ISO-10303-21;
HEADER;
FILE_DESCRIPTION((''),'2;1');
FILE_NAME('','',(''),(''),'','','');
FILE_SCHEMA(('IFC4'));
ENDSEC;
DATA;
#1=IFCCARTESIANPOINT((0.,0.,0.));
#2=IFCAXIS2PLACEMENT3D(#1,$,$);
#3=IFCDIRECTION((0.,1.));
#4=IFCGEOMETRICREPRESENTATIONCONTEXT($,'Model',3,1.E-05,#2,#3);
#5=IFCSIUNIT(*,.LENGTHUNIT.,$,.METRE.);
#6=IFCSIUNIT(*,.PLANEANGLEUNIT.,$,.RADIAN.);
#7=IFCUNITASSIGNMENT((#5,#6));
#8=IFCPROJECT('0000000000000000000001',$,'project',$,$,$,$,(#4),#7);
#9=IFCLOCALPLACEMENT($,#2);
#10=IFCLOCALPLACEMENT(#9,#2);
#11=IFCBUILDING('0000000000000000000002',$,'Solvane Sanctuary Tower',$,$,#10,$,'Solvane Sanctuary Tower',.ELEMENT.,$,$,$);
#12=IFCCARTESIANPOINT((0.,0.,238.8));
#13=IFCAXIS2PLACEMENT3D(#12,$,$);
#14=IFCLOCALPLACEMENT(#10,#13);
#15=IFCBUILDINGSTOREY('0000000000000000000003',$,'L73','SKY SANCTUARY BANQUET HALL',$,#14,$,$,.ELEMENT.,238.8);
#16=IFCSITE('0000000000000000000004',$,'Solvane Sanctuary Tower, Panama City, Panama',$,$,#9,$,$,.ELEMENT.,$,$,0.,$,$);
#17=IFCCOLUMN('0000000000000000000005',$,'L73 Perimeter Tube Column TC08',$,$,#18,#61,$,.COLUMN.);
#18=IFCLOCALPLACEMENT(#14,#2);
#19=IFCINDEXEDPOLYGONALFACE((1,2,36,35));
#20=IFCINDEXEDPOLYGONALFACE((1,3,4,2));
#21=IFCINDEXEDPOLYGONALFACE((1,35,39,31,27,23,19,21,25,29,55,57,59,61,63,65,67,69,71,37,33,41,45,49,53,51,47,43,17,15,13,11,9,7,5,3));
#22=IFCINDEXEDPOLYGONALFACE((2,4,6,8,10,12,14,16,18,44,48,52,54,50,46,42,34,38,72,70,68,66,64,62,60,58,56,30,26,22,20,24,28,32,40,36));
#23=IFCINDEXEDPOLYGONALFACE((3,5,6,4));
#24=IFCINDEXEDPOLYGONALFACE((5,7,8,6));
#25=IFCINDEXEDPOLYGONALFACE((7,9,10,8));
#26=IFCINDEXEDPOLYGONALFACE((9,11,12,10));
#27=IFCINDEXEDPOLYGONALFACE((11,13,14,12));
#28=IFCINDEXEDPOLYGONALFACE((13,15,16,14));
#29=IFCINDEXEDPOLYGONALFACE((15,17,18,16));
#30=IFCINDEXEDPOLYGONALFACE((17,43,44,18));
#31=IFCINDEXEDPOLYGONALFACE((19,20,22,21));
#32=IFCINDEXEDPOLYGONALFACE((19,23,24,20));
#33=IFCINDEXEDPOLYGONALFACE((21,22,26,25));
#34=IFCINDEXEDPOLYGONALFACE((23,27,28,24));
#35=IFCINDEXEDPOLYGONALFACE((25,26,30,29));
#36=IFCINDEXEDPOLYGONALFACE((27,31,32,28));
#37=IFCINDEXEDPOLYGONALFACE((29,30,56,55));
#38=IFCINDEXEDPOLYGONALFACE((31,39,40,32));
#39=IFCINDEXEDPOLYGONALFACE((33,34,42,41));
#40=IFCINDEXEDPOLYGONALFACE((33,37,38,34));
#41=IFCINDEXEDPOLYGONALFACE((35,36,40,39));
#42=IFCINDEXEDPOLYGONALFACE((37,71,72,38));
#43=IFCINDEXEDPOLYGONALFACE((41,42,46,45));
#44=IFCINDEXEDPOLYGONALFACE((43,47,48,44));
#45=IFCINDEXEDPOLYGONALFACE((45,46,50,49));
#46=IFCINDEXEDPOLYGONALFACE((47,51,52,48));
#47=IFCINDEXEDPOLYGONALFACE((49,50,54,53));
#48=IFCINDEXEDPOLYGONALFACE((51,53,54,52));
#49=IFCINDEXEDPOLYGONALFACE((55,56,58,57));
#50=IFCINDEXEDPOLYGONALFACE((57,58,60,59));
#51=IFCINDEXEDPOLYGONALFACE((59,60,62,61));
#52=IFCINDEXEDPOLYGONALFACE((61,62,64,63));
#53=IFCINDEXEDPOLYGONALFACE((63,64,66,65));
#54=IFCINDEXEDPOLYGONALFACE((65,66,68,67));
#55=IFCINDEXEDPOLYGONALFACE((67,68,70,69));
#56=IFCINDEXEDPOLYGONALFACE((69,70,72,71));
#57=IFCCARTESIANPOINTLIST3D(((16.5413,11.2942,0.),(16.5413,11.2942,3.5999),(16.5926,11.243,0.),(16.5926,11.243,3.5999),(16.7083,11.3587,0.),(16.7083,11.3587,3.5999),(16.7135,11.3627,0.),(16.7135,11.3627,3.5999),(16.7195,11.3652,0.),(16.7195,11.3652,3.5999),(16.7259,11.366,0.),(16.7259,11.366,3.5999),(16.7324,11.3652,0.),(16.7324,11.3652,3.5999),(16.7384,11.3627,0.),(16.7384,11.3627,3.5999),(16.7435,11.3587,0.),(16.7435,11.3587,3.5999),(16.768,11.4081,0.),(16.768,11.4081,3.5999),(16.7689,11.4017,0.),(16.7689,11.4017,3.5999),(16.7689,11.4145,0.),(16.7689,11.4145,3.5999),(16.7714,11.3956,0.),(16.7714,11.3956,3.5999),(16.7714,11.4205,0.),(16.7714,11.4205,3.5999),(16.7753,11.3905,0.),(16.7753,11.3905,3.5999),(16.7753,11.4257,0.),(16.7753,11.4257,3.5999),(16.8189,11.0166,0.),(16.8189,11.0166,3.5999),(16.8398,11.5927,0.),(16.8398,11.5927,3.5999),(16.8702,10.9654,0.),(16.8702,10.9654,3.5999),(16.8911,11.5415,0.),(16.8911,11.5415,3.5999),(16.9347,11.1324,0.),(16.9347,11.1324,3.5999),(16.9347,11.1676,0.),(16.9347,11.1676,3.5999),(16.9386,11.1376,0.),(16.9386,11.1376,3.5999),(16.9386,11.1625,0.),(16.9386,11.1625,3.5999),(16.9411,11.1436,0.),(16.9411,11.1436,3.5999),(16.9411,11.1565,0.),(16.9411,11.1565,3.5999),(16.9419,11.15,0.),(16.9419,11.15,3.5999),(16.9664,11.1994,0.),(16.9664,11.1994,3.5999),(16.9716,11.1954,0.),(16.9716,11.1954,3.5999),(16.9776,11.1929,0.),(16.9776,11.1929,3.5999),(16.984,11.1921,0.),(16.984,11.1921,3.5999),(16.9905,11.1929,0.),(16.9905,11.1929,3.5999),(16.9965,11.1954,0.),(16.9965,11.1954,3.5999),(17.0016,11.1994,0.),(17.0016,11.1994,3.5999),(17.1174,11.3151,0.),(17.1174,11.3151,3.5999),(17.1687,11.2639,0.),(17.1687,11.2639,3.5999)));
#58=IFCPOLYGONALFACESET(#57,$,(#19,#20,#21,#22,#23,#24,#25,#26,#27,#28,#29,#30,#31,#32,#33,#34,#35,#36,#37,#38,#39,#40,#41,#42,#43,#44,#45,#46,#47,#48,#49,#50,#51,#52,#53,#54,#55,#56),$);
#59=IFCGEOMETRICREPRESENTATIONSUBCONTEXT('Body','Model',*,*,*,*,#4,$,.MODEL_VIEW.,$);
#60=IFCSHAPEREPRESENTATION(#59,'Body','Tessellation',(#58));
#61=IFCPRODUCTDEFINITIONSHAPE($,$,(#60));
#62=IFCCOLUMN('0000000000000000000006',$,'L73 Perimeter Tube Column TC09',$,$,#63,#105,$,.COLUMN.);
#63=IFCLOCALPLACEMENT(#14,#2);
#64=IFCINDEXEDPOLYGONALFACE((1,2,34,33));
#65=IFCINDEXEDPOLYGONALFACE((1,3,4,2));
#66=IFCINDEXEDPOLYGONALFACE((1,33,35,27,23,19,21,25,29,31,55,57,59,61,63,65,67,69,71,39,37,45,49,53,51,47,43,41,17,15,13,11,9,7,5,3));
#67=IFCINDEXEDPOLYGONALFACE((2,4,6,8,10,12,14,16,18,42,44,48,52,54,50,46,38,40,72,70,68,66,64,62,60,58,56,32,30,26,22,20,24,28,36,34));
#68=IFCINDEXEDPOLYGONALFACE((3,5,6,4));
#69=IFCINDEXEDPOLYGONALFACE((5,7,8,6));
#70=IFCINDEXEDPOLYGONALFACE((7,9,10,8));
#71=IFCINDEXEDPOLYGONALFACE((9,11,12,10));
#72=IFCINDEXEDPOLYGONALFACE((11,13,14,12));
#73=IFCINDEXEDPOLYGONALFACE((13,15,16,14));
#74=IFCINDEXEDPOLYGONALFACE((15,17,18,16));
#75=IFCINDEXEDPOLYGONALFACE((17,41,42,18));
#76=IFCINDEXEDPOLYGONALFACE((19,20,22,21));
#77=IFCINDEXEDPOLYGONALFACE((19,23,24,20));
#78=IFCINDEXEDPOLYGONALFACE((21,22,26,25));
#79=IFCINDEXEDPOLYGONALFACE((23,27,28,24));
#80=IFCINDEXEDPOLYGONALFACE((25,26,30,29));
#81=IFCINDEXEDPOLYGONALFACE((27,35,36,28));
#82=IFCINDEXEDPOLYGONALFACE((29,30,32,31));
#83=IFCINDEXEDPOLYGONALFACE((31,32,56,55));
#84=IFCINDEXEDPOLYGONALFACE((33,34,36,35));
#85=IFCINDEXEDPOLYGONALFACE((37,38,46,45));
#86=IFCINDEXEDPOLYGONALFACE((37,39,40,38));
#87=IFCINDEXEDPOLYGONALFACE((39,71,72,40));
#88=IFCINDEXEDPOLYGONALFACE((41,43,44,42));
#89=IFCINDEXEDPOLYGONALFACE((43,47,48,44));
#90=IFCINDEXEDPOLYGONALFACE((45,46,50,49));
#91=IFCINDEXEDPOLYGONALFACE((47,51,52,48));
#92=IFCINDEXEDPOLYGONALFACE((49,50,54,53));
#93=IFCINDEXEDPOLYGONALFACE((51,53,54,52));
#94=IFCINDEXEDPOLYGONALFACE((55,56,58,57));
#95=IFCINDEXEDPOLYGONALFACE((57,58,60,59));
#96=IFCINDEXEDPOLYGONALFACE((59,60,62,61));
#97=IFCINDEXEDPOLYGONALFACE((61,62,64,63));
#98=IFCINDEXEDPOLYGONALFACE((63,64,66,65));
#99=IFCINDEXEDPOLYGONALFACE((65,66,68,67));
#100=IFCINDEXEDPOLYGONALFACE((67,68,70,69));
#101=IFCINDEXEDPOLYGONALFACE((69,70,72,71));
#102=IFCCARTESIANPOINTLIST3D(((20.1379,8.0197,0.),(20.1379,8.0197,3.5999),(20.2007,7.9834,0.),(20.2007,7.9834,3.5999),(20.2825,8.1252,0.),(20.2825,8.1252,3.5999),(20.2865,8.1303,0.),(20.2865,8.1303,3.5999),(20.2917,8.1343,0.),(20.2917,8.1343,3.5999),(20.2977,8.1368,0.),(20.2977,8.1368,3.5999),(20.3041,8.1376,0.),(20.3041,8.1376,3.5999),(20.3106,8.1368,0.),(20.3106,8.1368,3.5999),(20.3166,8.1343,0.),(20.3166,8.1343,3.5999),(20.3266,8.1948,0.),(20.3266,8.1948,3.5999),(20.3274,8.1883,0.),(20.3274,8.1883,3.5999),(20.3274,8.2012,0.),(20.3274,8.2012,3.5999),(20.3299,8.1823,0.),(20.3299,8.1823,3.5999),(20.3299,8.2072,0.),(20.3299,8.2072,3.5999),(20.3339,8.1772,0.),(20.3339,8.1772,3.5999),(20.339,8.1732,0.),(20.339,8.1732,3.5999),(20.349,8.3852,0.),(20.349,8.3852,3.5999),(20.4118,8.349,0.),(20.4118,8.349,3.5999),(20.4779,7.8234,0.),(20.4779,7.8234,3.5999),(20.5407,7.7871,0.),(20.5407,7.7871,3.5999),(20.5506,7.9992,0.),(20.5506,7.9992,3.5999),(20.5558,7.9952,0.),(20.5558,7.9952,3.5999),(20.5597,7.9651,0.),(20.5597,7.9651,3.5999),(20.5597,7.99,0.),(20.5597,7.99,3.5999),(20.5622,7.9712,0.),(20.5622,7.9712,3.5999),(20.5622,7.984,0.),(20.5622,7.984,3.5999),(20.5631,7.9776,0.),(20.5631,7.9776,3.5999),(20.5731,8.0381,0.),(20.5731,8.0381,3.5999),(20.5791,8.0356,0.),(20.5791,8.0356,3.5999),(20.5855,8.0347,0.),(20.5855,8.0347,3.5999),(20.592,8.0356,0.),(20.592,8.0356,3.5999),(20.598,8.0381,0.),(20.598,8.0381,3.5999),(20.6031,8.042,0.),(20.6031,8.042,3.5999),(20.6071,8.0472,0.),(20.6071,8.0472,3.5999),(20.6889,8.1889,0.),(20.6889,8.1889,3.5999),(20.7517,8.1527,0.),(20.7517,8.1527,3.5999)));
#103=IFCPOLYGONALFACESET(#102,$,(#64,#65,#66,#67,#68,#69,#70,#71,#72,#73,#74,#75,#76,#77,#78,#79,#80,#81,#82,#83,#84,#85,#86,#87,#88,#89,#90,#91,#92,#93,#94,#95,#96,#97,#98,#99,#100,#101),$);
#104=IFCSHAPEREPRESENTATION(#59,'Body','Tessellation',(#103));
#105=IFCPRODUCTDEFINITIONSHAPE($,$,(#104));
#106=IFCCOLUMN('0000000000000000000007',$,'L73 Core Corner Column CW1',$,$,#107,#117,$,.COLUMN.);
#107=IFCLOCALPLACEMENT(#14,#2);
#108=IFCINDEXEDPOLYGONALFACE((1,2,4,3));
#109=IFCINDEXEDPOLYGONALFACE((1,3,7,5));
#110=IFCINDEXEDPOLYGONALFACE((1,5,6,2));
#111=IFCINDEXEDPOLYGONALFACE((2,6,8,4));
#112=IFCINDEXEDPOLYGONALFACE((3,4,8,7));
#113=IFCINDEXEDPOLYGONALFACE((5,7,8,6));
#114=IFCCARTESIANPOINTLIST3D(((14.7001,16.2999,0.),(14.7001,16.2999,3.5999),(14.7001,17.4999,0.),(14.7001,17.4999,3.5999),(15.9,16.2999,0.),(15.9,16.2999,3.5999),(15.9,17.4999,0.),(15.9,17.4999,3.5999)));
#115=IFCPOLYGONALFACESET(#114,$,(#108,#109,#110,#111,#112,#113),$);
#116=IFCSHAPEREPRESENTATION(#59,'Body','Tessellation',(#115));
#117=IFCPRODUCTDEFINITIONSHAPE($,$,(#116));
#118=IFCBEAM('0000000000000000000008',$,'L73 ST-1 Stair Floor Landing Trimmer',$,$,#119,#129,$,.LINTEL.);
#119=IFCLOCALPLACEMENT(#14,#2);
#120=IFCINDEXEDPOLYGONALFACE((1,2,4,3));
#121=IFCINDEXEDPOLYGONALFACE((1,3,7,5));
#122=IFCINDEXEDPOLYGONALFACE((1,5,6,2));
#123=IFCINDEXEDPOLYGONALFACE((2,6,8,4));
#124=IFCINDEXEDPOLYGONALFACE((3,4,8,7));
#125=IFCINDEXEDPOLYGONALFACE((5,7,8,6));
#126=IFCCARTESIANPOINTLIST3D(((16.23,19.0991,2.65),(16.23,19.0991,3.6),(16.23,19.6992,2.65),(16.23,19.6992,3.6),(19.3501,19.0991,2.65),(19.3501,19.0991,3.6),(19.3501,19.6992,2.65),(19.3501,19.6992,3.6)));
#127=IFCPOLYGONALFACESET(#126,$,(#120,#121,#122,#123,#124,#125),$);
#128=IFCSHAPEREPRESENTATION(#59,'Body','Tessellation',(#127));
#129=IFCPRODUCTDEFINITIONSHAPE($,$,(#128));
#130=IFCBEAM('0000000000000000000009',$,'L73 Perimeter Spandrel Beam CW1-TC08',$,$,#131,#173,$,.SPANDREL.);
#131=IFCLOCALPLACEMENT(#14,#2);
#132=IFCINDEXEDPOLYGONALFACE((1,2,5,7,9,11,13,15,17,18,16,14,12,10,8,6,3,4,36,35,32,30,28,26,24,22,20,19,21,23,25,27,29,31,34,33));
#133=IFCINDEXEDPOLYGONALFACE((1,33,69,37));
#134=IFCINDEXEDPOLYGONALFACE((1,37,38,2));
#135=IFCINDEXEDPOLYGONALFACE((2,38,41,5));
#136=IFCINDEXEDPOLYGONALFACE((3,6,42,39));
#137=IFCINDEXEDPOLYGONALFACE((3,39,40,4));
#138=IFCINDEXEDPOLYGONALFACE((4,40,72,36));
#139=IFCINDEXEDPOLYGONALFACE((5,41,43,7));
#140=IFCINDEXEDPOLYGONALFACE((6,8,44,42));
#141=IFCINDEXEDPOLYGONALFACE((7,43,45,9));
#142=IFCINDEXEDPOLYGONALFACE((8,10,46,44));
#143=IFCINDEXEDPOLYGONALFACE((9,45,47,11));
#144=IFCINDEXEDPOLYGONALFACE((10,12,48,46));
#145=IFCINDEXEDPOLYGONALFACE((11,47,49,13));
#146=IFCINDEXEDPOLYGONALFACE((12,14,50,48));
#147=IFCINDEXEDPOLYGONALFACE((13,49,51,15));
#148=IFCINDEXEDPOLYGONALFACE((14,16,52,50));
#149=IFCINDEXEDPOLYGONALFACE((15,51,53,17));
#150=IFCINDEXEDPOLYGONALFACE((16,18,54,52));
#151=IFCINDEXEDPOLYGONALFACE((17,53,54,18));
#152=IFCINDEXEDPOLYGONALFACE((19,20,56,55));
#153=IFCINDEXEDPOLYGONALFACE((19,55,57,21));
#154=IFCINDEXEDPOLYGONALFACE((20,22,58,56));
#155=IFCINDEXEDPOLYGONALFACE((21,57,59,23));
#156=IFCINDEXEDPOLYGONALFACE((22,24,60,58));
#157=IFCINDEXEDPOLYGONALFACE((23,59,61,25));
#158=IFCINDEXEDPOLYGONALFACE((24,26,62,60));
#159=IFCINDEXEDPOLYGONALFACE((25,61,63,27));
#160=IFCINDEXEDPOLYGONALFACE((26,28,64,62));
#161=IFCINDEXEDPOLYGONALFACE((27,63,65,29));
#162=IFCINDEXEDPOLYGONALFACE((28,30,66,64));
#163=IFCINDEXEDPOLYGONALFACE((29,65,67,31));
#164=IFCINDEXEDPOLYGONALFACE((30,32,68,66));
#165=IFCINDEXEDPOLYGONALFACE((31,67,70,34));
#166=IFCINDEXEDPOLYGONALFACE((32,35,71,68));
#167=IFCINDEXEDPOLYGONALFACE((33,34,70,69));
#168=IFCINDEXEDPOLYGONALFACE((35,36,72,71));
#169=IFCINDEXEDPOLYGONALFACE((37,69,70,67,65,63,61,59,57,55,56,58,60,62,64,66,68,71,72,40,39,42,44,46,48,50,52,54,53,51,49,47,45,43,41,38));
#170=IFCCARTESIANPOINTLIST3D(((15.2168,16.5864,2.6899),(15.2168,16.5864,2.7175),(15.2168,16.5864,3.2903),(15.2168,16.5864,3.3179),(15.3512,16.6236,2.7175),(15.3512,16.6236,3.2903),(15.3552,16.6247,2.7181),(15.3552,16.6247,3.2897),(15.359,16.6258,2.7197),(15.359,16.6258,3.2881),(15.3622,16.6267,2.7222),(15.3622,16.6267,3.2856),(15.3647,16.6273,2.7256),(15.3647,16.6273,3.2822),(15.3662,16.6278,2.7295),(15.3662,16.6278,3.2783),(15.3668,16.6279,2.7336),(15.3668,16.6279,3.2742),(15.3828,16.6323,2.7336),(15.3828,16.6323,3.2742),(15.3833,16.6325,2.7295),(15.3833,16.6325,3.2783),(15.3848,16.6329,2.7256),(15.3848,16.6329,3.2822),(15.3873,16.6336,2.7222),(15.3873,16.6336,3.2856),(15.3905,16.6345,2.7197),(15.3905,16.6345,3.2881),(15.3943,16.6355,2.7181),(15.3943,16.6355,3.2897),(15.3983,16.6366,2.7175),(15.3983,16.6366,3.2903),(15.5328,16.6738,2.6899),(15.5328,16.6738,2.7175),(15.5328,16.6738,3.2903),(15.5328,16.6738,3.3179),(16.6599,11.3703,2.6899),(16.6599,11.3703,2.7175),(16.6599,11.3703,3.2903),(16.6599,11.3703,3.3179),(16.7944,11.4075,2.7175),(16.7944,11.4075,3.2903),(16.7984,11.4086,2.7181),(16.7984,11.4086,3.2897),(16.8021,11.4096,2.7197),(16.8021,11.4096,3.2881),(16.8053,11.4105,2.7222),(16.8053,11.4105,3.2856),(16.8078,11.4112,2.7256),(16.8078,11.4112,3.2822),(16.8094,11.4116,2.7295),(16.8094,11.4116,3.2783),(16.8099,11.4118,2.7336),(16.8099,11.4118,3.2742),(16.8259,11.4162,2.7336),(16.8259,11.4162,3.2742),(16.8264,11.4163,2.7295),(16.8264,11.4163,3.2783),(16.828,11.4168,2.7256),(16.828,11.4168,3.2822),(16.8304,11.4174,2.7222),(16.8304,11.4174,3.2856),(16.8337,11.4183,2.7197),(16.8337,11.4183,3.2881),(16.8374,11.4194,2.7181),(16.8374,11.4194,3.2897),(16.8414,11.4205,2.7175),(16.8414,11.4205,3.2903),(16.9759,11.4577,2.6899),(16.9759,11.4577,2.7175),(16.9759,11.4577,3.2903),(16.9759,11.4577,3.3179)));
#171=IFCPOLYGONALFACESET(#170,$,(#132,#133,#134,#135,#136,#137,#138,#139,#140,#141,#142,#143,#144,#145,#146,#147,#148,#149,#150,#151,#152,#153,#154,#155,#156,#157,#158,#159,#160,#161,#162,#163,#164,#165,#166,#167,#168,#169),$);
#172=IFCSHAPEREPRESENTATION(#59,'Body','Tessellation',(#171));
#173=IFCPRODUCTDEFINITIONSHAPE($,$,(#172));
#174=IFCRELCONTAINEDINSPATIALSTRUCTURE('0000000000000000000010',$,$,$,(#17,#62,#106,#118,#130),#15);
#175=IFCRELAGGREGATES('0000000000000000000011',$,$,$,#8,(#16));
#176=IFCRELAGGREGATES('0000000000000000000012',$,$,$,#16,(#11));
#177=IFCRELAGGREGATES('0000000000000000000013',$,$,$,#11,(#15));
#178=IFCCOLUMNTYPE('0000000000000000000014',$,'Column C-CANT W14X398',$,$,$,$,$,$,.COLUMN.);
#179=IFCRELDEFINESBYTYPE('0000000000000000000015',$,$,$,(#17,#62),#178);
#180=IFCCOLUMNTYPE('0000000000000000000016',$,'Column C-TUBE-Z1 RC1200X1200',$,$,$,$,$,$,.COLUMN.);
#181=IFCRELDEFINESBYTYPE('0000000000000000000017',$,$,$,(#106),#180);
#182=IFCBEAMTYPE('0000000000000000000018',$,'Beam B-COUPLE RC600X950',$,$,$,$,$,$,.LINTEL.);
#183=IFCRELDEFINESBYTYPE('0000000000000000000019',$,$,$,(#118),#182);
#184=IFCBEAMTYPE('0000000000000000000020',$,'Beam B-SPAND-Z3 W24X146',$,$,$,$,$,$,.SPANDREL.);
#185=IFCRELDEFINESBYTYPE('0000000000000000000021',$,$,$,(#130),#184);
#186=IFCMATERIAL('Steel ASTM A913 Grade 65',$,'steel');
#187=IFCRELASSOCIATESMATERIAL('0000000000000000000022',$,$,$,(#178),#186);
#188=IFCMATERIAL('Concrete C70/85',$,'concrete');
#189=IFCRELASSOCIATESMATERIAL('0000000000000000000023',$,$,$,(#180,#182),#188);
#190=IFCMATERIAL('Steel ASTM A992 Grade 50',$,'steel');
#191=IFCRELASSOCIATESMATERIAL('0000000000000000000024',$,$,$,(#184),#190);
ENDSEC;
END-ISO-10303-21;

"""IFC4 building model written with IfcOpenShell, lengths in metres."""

from ifc_helpers import new_model, si_unit, direction, frame, origin, origin_2d, place, context, subcontext, project, spatial, rectangle, i_section, extrude, material, material_profile, profile_set, type_object, element, save


model = new_model("IFC4")

# Units and contexts
model_context = context("Model", 3, precision=1e-05, world=origin(), true_north=direction((0.0, 1.0)))
body_context = subcontext(model_context, "Body", "Model", "MODEL_VIEW")
ifc_project = project(units=[si_unit("LENGTHUNIT", "METRE"), si_unit("PLANEANGLEUNIT", "RADIAN")], contexts=[model_context])

# Site, building, storey
site_placement = place(None, origin())
site = spatial("IfcSite", under=ifc_project, at=site_placement, Name="Solvane Sanctuary Tower, Panama City, Panama", CompositionType="ELEMENT", RefElevation=0.0)
building_placement = place(site_placement, origin())
building = spatial("IfcBuilding", under=site, at=building_placement, Name="Solvane Sanctuary Tower", LongName="Solvane Sanctuary Tower", CompositionType="ELEMENT")
storey_placement = place(building_placement, frame((0.0, 0.0, 238.8)))
storey = spatial("IfcBuildingStorey", under=building, at=storey_placement, Name="L73", Description="SKY SANCTUARY BANQUET HALL", CompositionType="ELEMENT", Elevation=238.8)

# Columns
ifc_material_1 = material(Name="Steel ASTM A913 Grade 65", Category="steel")
ifc_material_profile_1 = material_profile(ifc_material_1, i_section(OverallWidth=0.4221, OverallDepth=0.4651, WebThickness=0.0449, FlangeThickness=0.0725, FilletRadius=0.0249, at=origin_2d()), Name="W14X398")
ifc_profile_set_1 = profile_set([ifc_material_profile_1], Name="Steel ASTM A913 Grade 65")
column_type_1 = type_object("IfcColumnType", Name="Column C-CANT W14X398", PredefinedType="COLUMN", material=ifc_profile_set_1)
for number, where, z_axis, x_axis, name in (
    (1, (16.855, 11.2791, 0.0), (0.0, 0.0, 1.0), (-0.707107, -0.707107, 0.0), "L73 Perimeter Tube Column TC08"),
    (2, (20.4448, 8.0862, 0.0), (0.0, 0.0, 1.0), (-0.5, -0.866025, 0.0), "L73 Perimeter Tube Column TC09"),
):
    element("IfcColumn", number, at=place(storey_placement, frame(where, z_axis=z_axis, x_axis=x_axis)), inside=storey, type_object=column_type_1, Name=name, PredefinedType="COLUMN", context=body_context, shape_type="SweptSolid", body=[
        extrude(i_section(OverallWidth=0.4221, OverallDepth=0.4651, WebThickness=0.0449, FlangeThickness=0.0725, FilletRadius=0.0249, at=origin_2d()), origin(), (0.0, 0.0, 1.0), 3.5999),
    ])
ifc_material_2 = material(Name="Concrete C70/85", Category="concrete")
ifc_material_profile_2 = material_profile(ifc_material_2, rectangle(XDim=1.2, YDim=1.2, at=origin_2d()), Name="RC1200X1200")
ifc_profile_set_2 = profile_set([ifc_material_profile_2], Name="Concrete C70/85")
column_type_2 = type_object("IfcColumnType", Name="Column C-TUBE-Z1 RC1200X1200", PredefinedType="COLUMN", material=ifc_profile_set_2)
column_placement = place(storey_placement, frame((15.3, 16.8999, 0.0), z_axis=(0.0, 0.0, 1.0), x_axis=(1.0, 0.0, 0.0)))
element("IfcColumn", 3, at=column_placement, inside=storey, type_object=column_type_2, Name="L73 Core Corner Column CW1", PredefinedType="COLUMN", context=body_context, shape_type="SweptSolid", body=[
    extrude(rectangle(XDim=1.2, YDim=1.2, at=origin_2d()), origin(), (0.0, 0.0, 1.0), 3.5999),
])

# Beams
ifc_material_profile_3 = material_profile(ifc_material_2, rectangle(XDim=0.6001, YDim=0.95, at=origin_2d()), Name="RC600X950")
ifc_profile_set_3 = profile_set([ifc_material_profile_3], Name="Concrete C70/85")
beam_type_1 = type_object("IfcBeamType", Name="Beam B-COUPLE RC600X950", PredefinedType="LINTEL", material=ifc_profile_set_3)
beam_1_placement = place(storey_placement, frame((16.23, 19.3992, 3.125), z_axis=(1.0, 0.0, 0.0), x_axis=(0.0, 1.0, 0.0)))
element("IfcBeam", 4, at=beam_1_placement, inside=storey, type_object=beam_type_1, Name="L73 ST-1 Stair Floor Landing Trimmer", PredefinedType="LINTEL", context=body_context, shape_type="SweptSolid", body=[
    extrude(rectangle(XDim=0.6001, YDim=0.95, at=origin_2d()), origin(), (0.0, 0.0, 1.0), 3.1201),
])
ifc_material_3 = material(Name="Steel ASTM A992 Grade 50", Category="steel")
ifc_material_profile_4 = material_profile(ifc_material_3, i_section(OverallWidth=0.3279, OverallDepth=0.6279, WebThickness=0.0166, FlangeThickness=0.0276, FilletRadius=0.0161, at=origin_2d()), Name="W24X146")
ifc_profile_set_4 = profile_set([ifc_material_profile_4], Name="Steel ASTM A992 Grade 50")
beam_type_2 = type_object("IfcBeamType", Name="Beam B-SPAND-Z3 W24X146", PredefinedType="SPANDREL", material=ifc_profile_set_4)
beam_2_placement = place(storey_placement, frame((15.3748, 16.6301, 3.0039), z_axis=(0.26665, -0.963793, 0.0), x_axis=(0.963793, 0.26665, 0.0)))
element("IfcBeam", 5, at=beam_2_placement, inside=storey, type_object=beam_type_2, Name="L73 Perimeter Spandrel Beam CW1-TC08", PredefinedType="SPANDREL", context=body_context, shape_type="SweptSolid", body=[
    extrude(i_section(OverallWidth=0.3279, OverallDepth=0.6279, WebThickness=0.0166, FlangeThickness=0.0276, FilletRadius=0.0161, at=origin_2d()), origin(), (0.0, 0.0, 1.0), 5.4121),
])

save(model, "model.ifc")
